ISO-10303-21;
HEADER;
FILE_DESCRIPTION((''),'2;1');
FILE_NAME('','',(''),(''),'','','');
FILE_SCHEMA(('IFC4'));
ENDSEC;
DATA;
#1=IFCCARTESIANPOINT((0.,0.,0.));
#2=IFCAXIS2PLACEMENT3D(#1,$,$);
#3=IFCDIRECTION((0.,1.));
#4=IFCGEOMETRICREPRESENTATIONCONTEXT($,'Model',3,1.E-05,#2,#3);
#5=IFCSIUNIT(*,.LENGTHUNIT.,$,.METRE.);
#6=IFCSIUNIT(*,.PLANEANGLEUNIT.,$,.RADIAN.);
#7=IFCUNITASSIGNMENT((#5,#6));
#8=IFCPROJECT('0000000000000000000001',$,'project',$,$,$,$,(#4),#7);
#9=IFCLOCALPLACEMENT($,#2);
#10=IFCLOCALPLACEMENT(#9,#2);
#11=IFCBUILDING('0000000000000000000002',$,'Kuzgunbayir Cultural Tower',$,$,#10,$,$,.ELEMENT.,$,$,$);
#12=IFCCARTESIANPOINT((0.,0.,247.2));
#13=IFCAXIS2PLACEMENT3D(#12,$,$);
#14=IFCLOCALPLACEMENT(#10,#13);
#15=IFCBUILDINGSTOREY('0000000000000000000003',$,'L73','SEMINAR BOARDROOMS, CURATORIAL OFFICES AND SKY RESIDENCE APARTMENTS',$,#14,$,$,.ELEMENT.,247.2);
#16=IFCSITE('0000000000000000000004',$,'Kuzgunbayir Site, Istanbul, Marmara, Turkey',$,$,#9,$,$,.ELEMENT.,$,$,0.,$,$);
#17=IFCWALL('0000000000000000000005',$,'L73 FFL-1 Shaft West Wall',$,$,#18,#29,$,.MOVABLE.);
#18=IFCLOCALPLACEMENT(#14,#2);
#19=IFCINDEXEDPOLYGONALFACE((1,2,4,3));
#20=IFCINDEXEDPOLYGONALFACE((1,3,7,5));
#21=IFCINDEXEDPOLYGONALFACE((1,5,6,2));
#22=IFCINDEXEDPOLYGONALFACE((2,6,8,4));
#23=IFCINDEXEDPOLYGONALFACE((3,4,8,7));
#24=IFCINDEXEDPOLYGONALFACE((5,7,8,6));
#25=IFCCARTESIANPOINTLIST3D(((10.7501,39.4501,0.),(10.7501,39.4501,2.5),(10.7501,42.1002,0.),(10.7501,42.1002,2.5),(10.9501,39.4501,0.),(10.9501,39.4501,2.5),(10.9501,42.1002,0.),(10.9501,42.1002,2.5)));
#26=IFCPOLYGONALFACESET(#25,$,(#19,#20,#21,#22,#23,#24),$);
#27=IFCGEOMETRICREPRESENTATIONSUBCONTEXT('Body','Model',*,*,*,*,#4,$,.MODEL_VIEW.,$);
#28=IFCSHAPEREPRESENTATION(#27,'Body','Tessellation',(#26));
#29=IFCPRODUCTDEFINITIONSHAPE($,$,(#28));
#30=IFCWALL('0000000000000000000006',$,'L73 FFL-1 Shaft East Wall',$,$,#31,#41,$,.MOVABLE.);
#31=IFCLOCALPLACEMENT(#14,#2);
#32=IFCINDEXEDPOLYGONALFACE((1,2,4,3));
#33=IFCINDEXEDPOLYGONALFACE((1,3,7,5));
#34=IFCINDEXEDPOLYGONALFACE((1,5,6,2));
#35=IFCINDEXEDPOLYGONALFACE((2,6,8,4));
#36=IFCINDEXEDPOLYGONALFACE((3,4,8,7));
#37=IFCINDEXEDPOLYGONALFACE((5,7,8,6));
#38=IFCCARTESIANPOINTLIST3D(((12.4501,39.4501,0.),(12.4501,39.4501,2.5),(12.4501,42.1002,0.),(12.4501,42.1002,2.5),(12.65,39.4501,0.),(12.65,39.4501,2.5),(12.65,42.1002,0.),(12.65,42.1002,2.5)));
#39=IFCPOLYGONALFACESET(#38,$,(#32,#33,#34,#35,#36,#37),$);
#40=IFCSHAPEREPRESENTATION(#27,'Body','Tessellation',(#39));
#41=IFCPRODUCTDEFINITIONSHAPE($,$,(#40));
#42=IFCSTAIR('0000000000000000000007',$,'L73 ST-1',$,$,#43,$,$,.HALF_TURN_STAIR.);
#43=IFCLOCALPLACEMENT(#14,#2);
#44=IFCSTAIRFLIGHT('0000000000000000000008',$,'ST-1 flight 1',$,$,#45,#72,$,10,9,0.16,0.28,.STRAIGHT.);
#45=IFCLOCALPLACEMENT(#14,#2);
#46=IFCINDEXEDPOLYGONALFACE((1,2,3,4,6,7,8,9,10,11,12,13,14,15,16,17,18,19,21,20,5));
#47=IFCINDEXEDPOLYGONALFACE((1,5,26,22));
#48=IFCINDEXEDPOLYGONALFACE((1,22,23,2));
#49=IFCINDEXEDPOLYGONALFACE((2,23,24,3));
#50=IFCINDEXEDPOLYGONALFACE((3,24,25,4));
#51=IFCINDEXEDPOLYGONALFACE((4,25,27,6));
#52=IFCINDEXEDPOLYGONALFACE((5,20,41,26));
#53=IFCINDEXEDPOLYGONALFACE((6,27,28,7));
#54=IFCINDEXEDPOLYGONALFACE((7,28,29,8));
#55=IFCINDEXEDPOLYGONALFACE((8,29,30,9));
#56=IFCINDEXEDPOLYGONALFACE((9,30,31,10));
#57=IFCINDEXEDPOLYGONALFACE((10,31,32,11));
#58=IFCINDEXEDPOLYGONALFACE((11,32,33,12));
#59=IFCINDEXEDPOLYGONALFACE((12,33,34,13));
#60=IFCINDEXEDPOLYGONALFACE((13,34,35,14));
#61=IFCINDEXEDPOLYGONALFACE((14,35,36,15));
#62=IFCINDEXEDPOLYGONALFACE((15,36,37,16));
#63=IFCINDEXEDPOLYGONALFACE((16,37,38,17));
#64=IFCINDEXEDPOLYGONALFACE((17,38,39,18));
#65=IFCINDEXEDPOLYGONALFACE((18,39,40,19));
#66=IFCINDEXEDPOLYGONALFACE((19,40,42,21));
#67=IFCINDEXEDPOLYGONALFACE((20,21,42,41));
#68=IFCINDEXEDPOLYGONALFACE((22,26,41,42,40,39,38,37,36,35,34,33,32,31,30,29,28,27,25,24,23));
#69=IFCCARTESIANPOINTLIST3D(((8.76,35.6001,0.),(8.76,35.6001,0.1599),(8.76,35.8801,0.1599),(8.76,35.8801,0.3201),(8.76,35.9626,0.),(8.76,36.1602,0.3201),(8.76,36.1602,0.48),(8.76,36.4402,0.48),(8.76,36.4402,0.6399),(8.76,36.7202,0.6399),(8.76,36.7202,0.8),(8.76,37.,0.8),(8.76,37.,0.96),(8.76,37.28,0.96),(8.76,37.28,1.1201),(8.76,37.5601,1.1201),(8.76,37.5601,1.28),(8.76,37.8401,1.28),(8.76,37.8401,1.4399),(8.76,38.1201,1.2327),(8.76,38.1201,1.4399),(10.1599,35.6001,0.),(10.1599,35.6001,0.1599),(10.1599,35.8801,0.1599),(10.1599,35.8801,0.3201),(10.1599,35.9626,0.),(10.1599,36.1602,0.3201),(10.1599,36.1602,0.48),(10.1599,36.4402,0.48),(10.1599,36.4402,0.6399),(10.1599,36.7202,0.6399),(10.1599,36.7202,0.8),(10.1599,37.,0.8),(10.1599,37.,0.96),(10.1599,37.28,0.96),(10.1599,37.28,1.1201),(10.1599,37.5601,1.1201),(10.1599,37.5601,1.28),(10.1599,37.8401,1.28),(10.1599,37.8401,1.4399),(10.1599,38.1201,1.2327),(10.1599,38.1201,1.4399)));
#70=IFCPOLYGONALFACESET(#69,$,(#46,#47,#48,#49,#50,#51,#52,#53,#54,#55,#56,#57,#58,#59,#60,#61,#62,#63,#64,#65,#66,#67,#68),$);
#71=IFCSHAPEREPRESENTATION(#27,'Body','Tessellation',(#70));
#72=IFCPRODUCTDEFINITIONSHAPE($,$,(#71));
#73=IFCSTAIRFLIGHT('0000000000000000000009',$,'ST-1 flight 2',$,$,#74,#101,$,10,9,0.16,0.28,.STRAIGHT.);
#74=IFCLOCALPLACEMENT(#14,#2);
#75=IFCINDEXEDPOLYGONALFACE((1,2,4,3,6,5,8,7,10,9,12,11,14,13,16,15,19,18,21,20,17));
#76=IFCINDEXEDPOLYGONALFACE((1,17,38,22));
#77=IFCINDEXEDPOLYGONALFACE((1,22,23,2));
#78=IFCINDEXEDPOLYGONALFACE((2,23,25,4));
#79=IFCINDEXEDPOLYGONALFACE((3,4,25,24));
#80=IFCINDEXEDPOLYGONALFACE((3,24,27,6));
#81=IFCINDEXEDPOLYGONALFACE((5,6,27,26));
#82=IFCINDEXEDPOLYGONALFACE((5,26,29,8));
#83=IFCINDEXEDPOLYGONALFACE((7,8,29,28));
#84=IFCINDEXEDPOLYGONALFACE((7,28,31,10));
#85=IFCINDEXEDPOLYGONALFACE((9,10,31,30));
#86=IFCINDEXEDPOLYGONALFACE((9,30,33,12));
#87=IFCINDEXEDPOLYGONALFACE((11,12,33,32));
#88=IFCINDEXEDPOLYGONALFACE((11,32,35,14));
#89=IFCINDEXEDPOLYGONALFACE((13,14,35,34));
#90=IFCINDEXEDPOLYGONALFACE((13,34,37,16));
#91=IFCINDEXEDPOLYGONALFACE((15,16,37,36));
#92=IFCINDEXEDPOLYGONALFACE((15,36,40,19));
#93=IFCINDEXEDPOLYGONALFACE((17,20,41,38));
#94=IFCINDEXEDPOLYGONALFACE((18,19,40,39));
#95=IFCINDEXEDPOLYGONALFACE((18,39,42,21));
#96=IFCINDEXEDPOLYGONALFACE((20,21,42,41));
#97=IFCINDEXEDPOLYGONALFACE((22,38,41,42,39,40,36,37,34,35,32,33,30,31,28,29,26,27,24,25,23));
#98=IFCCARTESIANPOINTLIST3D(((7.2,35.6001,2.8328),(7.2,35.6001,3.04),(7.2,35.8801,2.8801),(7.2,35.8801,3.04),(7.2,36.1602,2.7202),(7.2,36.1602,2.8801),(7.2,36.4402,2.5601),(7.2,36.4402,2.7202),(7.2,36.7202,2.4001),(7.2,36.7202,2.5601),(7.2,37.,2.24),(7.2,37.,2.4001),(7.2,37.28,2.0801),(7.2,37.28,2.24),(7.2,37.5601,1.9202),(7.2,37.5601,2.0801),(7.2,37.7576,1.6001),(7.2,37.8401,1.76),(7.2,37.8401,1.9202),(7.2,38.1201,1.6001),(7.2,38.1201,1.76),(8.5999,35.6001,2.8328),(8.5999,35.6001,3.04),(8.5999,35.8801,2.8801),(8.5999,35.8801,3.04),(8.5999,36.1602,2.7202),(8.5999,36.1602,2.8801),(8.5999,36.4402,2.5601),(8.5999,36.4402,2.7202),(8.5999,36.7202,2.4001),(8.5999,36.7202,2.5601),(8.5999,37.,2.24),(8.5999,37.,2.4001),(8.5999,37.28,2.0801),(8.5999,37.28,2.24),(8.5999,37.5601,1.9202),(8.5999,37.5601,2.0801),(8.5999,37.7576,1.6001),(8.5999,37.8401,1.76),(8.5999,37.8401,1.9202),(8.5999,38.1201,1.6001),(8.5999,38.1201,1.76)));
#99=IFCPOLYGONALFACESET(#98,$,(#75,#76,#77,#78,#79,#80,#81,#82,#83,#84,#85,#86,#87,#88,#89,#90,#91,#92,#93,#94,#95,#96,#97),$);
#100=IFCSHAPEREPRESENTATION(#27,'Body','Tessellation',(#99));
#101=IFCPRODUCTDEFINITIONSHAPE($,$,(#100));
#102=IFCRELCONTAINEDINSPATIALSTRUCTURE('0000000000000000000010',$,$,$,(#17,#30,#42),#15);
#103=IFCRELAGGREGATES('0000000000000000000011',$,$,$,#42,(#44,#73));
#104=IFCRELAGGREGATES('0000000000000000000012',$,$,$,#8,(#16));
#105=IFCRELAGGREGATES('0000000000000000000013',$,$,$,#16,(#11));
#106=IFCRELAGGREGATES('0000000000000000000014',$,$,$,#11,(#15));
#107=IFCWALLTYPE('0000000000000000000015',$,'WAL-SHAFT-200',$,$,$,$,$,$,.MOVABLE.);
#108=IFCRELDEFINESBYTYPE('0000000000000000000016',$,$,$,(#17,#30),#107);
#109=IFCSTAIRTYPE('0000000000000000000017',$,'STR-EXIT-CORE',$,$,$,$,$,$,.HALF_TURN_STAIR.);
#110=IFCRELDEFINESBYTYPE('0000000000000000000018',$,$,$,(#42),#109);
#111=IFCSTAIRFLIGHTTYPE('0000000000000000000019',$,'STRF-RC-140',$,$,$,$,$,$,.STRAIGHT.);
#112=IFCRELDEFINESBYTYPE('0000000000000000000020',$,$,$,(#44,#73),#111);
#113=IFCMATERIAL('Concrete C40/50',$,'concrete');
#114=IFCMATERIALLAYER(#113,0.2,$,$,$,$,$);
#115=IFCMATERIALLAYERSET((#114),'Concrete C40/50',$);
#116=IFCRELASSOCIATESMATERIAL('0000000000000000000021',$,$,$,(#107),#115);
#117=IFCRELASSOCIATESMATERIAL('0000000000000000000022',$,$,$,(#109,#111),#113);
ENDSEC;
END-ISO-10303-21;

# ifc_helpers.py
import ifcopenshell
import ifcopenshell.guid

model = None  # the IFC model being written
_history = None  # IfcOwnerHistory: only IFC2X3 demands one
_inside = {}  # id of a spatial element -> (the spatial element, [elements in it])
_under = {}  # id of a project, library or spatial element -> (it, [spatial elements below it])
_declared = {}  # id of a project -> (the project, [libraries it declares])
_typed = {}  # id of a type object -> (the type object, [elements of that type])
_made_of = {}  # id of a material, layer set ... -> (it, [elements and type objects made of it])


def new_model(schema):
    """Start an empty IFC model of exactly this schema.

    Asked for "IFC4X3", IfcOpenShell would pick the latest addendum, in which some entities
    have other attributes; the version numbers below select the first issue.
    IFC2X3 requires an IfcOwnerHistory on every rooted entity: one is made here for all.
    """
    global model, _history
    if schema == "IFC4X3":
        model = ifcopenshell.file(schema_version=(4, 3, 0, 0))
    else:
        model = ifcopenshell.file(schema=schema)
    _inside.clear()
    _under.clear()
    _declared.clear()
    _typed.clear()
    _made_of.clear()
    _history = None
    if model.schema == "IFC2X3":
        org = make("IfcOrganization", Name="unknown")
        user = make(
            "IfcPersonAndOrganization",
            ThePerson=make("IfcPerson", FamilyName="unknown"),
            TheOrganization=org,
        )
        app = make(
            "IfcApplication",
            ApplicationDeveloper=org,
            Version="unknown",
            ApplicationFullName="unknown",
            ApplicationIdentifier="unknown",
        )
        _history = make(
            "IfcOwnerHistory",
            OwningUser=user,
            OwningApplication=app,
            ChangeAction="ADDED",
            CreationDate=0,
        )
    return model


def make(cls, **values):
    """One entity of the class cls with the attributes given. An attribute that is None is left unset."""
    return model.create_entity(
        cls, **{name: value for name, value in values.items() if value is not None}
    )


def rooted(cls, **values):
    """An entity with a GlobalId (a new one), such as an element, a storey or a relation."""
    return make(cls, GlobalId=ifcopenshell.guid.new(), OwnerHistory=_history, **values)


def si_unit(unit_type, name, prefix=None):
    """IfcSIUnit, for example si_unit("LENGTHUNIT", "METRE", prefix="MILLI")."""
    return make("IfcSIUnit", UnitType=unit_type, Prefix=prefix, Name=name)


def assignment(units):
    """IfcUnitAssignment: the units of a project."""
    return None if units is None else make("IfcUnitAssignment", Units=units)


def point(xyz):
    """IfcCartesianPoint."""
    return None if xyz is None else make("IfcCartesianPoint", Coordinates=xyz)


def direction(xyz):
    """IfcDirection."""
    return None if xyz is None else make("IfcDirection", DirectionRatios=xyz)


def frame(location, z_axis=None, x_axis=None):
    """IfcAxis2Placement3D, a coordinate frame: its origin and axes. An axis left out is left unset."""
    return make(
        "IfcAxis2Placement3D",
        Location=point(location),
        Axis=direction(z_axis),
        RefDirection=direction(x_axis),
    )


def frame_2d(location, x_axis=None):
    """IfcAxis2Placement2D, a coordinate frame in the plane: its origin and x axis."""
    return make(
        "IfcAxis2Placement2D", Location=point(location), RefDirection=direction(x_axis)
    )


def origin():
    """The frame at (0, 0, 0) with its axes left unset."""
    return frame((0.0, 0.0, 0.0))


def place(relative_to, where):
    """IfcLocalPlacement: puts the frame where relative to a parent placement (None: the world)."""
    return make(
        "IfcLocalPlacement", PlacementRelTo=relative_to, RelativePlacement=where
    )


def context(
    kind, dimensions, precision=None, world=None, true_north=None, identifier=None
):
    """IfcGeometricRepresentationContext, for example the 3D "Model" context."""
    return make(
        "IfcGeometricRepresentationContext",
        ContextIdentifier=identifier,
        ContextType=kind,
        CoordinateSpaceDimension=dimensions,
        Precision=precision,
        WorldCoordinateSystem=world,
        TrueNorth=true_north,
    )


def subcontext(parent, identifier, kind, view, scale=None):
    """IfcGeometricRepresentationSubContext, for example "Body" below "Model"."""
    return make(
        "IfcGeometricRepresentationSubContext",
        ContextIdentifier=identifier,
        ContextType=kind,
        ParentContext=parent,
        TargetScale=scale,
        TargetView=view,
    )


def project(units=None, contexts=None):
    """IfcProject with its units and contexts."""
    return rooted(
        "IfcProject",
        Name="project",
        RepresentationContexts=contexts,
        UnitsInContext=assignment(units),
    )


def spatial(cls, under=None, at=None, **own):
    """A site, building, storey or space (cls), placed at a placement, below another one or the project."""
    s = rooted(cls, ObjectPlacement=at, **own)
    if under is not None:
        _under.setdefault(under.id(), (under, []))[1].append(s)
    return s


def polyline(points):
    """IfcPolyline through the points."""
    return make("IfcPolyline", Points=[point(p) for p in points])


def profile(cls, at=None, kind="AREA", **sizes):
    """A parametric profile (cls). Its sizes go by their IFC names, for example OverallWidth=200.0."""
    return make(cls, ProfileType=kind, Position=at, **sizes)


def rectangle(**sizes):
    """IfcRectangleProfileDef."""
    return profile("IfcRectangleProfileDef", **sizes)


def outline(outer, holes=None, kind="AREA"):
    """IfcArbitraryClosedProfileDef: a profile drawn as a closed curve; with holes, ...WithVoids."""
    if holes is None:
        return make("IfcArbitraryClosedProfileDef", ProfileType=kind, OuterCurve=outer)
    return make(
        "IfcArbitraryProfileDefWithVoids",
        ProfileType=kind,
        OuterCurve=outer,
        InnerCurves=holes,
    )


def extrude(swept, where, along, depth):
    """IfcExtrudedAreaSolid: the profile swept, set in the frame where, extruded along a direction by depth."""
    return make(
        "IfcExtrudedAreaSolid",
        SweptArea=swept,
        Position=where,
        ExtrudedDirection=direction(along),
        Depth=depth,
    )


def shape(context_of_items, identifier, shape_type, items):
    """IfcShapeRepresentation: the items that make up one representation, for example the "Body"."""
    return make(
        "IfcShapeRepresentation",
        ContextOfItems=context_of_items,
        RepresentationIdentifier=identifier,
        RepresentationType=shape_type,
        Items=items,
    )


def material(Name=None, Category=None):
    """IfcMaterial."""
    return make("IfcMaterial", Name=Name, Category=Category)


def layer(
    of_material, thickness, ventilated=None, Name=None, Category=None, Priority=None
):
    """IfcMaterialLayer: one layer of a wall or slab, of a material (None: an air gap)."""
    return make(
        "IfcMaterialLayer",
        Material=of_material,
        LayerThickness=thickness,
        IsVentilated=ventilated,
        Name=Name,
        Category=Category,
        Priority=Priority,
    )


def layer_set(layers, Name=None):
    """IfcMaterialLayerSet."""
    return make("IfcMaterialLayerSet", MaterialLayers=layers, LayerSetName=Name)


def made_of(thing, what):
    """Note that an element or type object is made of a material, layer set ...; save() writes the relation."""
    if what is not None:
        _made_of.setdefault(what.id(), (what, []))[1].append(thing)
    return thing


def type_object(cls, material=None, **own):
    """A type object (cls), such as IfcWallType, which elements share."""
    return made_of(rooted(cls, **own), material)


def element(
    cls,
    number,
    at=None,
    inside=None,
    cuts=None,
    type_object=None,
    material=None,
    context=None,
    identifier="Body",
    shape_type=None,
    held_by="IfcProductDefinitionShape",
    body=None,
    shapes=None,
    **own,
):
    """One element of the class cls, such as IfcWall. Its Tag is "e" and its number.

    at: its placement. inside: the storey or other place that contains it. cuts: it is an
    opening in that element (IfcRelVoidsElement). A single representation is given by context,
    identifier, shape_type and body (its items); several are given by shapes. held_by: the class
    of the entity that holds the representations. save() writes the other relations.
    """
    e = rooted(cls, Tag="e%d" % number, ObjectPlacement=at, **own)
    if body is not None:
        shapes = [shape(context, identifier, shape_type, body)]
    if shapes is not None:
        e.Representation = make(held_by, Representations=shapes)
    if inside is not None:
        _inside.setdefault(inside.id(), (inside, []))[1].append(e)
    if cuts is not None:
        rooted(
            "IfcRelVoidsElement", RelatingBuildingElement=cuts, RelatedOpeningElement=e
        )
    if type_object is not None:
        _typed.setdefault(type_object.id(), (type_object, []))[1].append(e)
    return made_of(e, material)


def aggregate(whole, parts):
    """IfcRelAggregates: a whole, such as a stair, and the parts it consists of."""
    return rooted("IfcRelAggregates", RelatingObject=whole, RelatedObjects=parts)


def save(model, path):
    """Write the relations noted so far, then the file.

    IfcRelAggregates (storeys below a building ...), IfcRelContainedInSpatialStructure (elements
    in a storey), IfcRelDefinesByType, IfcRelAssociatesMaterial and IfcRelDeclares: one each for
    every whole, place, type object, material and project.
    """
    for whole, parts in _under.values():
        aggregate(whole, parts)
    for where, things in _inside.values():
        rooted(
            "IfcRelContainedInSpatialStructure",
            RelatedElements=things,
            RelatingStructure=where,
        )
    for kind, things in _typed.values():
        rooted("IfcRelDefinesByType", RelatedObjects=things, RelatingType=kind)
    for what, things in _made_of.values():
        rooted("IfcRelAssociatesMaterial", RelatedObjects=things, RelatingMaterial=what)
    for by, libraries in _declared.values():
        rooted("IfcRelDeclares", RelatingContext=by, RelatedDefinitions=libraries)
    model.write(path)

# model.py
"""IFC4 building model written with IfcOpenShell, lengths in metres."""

from ifc_helpers import new_model, si_unit, direction, frame, frame_2d, origin, place, context, subcontext, project, spatial, polyline, rectangle, outline, extrude, material, layer, layer_set, type_object, element, aggregate, save


model = new_model("IFC4")

# Units and contexts
model_context = context("Model", 3, precision=1e-05, world=origin(), true_north=direction((0.0, 1.0)))
body_context = subcontext(model_context, "Body", "Model", "MODEL_VIEW")
ifc_project = project(units=[si_unit("LENGTHUNIT", "METRE"), si_unit("PLANEANGLEUNIT", "RADIAN")], contexts=[model_context])

# Site, building, storey
site_placement = place(None, origin())
site = spatial("IfcSite", under=ifc_project, at=site_placement, Name="Kuzgunbayir Site, Istanbul, Marmara, Turkey", CompositionType="ELEMENT", RefElevation=0.0)
building_placement = place(site_placement, origin())
building = spatial("IfcBuilding", under=site, at=building_placement, Name="Kuzgunbayir Cultural Tower", CompositionType="ELEMENT")
storey_placement = place(building_placement, frame((0.0, 0.0, 247.2)))
storey = spatial("IfcBuildingStorey", under=building, at=storey_placement, Name="L73", Description="SEMINAR BOARDROOMS, CURATORIAL OFFICES AND SKY RESIDENCE APARTMENTS", CompositionType="ELEMENT", Elevation=247.2)

# Shared definitions
ifc_material_1 = material(Name="Concrete C40/50", Category="concrete")
ifc_layer_1 = layer(ifc_material_1, 0.2)
ifc_layer_set_1 = layer_set([ifc_layer_1], Name="Concrete C40/50")
wall_type_1 = type_object("IfcWallType", Name="WAL-SHAFT-200", PredefinedType="MOVABLE", material=ifc_layer_set_1)

# Walls
for number, where, z_axis, x_axis, name in (
    (1, (10.8501, 39.45, 0.0), (0.0, 0.0, 1.0), (0.0, 1.0, 0.0), "L73 FFL-1 Shaft West Wall"),
    (2, (12.55, 39.45, 0.0), (0.0, 0.0, 1.0), (0.0, 1.0, 0.0), "L73 FFL-1 Shaft East Wall"),
):
    element("IfcWall", number, at=place(storey_placement, frame(where, z_axis=z_axis, x_axis=x_axis)), inside=storey, type_object=wall_type_1, Name=name, PredefinedType="MOVABLE", context=body_context, shape_type="SweptSolid", body=[
        extrude(rectangle(XDim=2.6501, YDim=0.2, at=frame_2d((1.3252, 0.0))), origin(), (0.0, 0.0, 1.0), 2.5),
    ])

# Stair, stair flights
stair_type = type_object("IfcStairType", Name="STR-EXIT-CORE", PredefinedType="HALF_TURN_STAIR", material=ifc_material_1)
stair_placement = place(storey_placement, origin())
stair = element("IfcStair", 3, at=stair_placement, inside=storey, type_object=stair_type, Name="L73 ST-1", PredefinedType="HALF_TURN_STAIR")
stair_flight_type = type_object("IfcStairFlightType", Name="STRF-RC-140", PredefinedType="STRAIGHT", material=ifc_material_1)
stair_flight_1_placement = place(storey_placement, frame((9.46, 35.6001, 0.0), z_axis=(0.0, 0.0, 1.0), x_axis=(0.0, 1.0, 0.0)))
stair_flight_1 = element("IfcStairFlight", 4, at=stair_flight_1_placement, type_object=stair_flight_type, Name="ST-1 flight 1", NumberOfRisers=10, NumberOfTreads=9, PredefinedType="STRAIGHT", RiserHeight=0.16, TreadLength=0.28, context=body_context, shape_type="SweptSolid", body=[
    extrude(outline(polyline([(0.0, 0.0), (0.0, 0.1599), (0.28, 0.1599), (0.28, 0.3201), (0.5601, 0.3201), (0.5601, 0.48), (0.8401, 0.48), (0.8401, 0.6399), (1.1201, 0.6399), (1.1201, 0.8), (1.3999, 0.8), (1.3999, 0.96), (1.6799, 0.96), (1.6799, 1.1201), (1.96, 1.1201), (1.96, 1.28), (2.24, 1.28), (2.24, 1.4399), (2.52, 1.4399), (2.52, 1.6001), (2.52, 1.2327), (0.3625, 0.0), (0.0, 0.0)])), frame((0.0, 0.7, 0.0), z_axis=(0.0, -1.0, 0.0), x_axis=(1.0, 0.0, 0.0)), (0.0, 0.0, 1.0), 1.3999),
])
stair_flight_2_placement = place(storey_placement, frame((7.8999, 38.1201, 1.6001), z_axis=(0.0, 0.0, 1.0), x_axis=(0.0, -1.0, 0.0)))
stair_flight_2 = element("IfcStairFlight", 5, at=stair_flight_2_placement, type_object=stair_flight_type, Name="ST-1 flight 2", NumberOfRisers=10, NumberOfTreads=9, PredefinedType="STRAIGHT", RiserHeight=0.16, TreadLength=0.28, context=body_context, shape_type="SweptSolid", body=[
    extrude(outline(polyline([(0.0, 0.0), (0.0, 0.1599), (0.28, 0.1599), (0.28, 0.3201), (0.5601, 0.3201), (0.5601, 0.48), (0.8401, 0.48), (0.8401, 0.6399), (1.1201, 0.6399), (1.1201, 0.8), (1.3999, 0.8), (1.3999, 0.96), (1.6799, 0.96), (1.6799, 1.1201), (1.96, 1.1201), (1.96, 1.28), (2.24, 1.28), (2.24, 1.4399), (2.52, 1.4399), (2.52, 1.6001), (2.52, 1.2327), (0.3625, 0.0), (0.0, 0.0)])), frame((0.0, 0.7, 0.0), z_axis=(0.0, -1.0, 0.0), x_axis=(1.0, 0.0, 0.0)), (0.0, 0.0, 1.0), 1.3999),
])
aggregate(stair, [stair_flight_1, stair_flight_2])

save(model, "model.ifc")
